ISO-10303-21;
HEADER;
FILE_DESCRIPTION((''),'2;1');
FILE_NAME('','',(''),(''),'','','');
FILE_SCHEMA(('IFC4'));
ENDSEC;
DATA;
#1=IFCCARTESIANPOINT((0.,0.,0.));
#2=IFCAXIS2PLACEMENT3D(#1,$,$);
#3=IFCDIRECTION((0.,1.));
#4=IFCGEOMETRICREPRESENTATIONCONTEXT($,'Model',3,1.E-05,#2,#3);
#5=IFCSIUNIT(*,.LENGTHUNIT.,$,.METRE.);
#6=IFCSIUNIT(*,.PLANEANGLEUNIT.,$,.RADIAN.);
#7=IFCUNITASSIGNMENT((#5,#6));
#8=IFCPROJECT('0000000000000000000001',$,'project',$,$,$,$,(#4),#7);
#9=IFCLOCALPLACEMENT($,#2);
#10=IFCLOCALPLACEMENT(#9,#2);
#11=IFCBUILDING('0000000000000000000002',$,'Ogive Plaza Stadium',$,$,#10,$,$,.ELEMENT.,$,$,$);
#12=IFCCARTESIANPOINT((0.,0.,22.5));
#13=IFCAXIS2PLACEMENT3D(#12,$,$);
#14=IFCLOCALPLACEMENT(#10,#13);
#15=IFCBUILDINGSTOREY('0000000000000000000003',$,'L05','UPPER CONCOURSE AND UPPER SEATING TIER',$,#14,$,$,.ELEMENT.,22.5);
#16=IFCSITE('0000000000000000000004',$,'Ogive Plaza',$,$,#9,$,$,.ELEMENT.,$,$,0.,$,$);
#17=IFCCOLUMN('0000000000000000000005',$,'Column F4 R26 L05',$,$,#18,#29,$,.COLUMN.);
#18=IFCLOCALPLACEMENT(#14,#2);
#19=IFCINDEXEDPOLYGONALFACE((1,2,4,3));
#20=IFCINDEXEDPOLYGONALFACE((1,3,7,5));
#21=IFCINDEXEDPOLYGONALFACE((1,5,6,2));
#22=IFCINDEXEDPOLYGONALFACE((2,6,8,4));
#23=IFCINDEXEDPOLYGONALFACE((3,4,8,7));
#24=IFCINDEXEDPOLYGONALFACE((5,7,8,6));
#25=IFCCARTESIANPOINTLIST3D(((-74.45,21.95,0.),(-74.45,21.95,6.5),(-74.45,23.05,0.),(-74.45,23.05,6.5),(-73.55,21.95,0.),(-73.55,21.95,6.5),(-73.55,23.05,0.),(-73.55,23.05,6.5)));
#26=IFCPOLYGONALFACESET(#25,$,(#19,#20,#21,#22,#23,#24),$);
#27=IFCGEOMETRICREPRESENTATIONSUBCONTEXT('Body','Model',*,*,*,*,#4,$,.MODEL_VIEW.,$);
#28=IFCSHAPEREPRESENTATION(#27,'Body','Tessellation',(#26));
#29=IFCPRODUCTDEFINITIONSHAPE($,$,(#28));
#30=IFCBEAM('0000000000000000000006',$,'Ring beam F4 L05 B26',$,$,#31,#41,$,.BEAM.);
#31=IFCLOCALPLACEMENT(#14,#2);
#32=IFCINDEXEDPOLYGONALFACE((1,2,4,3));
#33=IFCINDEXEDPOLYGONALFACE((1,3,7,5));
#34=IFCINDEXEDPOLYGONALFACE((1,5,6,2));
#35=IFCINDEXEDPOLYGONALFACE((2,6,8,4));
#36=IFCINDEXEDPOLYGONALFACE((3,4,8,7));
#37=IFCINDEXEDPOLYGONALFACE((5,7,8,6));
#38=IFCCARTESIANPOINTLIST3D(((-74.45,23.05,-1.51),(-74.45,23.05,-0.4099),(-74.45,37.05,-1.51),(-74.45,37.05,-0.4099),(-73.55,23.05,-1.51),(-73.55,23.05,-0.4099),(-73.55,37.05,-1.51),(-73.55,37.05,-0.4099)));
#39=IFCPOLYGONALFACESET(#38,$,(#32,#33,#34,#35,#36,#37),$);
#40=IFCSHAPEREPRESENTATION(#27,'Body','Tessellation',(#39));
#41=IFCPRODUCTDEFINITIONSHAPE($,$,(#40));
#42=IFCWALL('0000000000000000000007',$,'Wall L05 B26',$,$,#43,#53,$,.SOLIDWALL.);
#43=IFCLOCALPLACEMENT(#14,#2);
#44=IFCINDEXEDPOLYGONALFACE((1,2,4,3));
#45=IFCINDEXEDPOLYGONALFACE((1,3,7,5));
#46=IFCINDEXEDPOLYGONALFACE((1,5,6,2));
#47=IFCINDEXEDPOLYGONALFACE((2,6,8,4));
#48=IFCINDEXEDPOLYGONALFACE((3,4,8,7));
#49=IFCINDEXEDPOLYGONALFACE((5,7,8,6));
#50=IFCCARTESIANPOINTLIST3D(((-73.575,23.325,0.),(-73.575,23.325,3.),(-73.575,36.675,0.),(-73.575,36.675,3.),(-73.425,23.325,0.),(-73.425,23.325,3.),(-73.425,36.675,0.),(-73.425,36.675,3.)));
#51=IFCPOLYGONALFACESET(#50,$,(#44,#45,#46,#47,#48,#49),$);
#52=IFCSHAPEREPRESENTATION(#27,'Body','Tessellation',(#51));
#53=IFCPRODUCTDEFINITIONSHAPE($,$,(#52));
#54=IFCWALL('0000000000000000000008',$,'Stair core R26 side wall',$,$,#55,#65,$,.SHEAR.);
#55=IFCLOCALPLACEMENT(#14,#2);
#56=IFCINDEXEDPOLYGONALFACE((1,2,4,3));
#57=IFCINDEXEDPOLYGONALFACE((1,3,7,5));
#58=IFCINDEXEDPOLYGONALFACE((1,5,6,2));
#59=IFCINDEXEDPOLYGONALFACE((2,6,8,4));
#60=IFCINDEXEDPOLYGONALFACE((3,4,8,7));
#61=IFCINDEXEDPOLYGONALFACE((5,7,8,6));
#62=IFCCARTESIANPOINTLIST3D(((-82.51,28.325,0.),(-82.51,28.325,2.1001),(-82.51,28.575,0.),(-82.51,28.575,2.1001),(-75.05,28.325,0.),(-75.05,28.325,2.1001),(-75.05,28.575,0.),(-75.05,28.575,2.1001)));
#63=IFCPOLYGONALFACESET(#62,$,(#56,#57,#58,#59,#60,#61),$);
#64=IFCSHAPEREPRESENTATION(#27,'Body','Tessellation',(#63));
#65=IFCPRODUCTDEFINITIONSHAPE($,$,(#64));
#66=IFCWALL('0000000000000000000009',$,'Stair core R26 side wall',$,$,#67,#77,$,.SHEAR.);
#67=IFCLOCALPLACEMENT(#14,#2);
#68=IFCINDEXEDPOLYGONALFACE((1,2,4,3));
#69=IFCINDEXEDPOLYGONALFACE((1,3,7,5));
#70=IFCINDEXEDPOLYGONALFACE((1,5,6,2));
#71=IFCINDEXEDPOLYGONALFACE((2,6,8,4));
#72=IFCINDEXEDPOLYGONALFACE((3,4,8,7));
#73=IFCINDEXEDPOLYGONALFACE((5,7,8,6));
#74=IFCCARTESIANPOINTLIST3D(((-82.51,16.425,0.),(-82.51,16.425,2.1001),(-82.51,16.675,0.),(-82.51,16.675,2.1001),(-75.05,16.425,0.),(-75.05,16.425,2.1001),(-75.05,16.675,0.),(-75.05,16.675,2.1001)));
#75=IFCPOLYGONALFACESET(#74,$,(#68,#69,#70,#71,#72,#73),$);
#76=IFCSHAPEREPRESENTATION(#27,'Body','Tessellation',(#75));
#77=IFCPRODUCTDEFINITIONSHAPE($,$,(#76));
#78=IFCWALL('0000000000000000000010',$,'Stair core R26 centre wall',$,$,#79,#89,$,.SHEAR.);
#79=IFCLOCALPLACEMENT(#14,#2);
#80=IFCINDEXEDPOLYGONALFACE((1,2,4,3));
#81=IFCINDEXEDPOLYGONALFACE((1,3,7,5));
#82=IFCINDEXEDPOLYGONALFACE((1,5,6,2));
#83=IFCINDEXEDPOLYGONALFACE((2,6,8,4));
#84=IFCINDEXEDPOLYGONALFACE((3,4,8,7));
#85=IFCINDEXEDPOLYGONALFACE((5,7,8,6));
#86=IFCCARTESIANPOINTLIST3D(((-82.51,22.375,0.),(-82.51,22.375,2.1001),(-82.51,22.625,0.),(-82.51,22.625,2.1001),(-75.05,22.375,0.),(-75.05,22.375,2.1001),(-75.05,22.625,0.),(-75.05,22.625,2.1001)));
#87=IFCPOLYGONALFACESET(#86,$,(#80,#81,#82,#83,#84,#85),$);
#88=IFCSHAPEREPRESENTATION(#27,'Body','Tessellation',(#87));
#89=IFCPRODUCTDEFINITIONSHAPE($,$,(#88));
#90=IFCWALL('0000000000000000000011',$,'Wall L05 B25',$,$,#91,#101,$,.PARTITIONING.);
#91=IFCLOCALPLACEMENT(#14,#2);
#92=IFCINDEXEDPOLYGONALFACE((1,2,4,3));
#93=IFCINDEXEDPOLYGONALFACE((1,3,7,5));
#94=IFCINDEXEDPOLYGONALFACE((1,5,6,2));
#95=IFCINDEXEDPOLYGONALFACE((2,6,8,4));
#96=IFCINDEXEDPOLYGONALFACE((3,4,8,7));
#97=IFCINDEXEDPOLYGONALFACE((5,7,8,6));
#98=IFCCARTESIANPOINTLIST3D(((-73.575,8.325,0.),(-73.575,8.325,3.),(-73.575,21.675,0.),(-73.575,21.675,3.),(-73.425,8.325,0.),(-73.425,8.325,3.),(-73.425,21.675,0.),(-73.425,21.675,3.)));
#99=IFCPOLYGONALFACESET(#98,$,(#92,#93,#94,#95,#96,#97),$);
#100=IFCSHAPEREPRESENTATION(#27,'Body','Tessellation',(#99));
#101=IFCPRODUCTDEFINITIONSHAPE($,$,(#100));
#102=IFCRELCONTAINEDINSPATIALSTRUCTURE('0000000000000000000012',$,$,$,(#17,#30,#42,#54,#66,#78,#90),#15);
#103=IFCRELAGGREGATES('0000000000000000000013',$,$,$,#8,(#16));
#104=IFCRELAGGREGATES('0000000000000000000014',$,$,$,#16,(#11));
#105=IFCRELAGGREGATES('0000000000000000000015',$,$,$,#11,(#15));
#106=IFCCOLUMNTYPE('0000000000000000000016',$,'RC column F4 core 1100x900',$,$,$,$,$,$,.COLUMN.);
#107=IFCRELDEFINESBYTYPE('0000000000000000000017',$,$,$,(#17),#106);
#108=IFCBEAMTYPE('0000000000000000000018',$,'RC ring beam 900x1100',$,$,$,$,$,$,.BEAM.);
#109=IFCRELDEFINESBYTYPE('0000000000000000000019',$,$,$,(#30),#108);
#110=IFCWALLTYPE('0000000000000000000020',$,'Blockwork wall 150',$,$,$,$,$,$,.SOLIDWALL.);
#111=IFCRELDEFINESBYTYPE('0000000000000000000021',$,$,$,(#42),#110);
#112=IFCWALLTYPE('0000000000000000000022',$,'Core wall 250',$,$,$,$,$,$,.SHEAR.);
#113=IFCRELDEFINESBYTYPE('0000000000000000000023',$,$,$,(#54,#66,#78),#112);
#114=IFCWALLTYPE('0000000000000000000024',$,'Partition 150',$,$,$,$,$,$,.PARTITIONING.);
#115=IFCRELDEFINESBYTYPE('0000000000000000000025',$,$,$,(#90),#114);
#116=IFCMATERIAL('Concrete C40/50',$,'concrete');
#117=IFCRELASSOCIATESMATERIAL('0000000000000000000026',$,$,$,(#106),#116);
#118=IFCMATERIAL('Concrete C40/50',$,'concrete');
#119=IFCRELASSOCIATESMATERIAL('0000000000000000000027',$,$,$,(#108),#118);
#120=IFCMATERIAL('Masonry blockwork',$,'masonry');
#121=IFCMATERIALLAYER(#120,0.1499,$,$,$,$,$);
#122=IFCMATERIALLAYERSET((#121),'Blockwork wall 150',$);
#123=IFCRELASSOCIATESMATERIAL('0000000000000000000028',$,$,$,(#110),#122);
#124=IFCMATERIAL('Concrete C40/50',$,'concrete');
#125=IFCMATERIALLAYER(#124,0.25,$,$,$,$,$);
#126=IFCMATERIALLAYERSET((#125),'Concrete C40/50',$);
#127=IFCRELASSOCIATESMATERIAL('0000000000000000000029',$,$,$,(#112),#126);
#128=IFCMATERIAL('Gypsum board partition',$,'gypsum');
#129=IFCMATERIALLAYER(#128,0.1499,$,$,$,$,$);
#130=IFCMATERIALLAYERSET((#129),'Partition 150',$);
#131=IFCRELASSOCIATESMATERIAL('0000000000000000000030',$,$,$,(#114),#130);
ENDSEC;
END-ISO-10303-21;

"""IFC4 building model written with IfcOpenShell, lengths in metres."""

from ifc_helpers import new_model, si_unit, direction, frame, frame_2d, origin, origin_2d, place, context, subcontext, project, spatial, rectangle, extrude, material, layer, layer_set, material_profile, profile_set, type_object, element, save


model = new_model("IFC4")

# Units and contexts
model_context = context("Model", 3, precision=1e-05, world=origin(), true_north=direction((0.0, 1.0)))
body_context = subcontext(model_context, "Body", "Model", "MODEL_VIEW")
ifc_project = project(units=[si_unit("LENGTHUNIT", "METRE"), si_unit("PLANEANGLEUNIT", "RADIAN")], contexts=[model_context])

# Site, building, storey
site_placement = place(None, origin())
site = spatial("IfcSite", under=ifc_project, at=site_placement, Name="Ogive Plaza", CompositionType="ELEMENT", RefElevation=0.0)
building_placement = place(site_placement, origin())
building = spatial("IfcBuilding", under=site, at=building_placement, Name="Ogive Plaza Stadium", CompositionType="ELEMENT")
storey_placement = place(building_placement, frame((0.0, 0.0, 22.5)))
storey = spatial("IfcBuildingStorey", under=building, at=storey_placement, Name="L05", Description="UPPER CONCOURSE AND UPPER SEATING TIER", CompositionType="ELEMENT", Elevation=22.5)

# Column
ifc_material_1 = material(Name="Concrete C40/50", Category="concrete")
ifc_material_profile_1 = material_profile(ifc_material_1, rectangle(XDim=1.1001, YDim=0.8999, at=origin_2d()), Name="RC 1100x900")
ifc_profile_set_1 = profile_set([ifc_material_profile_1], Name="Concrete C40/50")
column_type = type_object("IfcColumnType", Name="RC column F4 core 1100x900", PredefinedType="COLUMN", material=ifc_profile_set_1)
column_placement = place(storey_placement, frame((-74.0, 22.5, 0.0), z_axis=(0.0, 0.0, 1.0), x_axis=(0.0, -1.0, 0.0)))
element("IfcColumn", 1, at=column_placement, inside=storey, type_object=column_type, Name="Column F4 R26 L05", PredefinedType="COLUMN", context=body_context, shape_type="SweptSolid", body=[
    extrude(rectangle(XDim=1.1001, YDim=0.8999, at=origin_2d()), origin(), (0.0, 0.0, 1.0), 6.5),
])

# Beam
ifc_material_2 = material(Name="Concrete C40/50", Category="concrete")
ifc_material_profile_2 = material_profile(ifc_material_2, rectangle(XDim=0.8999, YDim=1.1001, at=origin_2d()), Name="RC 900x1100")
ifc_profile_set_2 = profile_set([ifc_material_profile_2], Name="Concrete C40/50")
beam_type = type_object("IfcBeamType", Name="RC ring beam 900x1100", PredefinedType="BEAM", material=ifc_profile_set_2)
beam_placement = place(storey_placement, frame((-74.0, 23.05, -0.96), z_axis=(0.0, 1.0, 0.0), x_axis=(-1.0, 0.0, 0.0)))
element("IfcBeam", 2, at=beam_placement, inside=storey, type_object=beam_type, Name="Ring beam F4 L05 B26", PredefinedType="BEAM", context=body_context, shape_type="SweptSolid", body=[
    extrude(rectangle(XDim=0.8999, YDim=1.1001, at=origin_2d()), origin(), (0.0, 0.0, 1.0), 14.0),
])

# Wall
ifc_material_3 = material(Name="Masonry blockwork", Category="masonry")
ifc_layer_1 = layer(ifc_material_3, 0.1499)
ifc_layer_set_1 = layer_set([ifc_layer_1], Name="Blockwork wall 150")
wall_type_1 = type_object("IfcWallType", Name="Blockwork wall 150", PredefinedType="SOLIDWALL", material=ifc_layer_set_1)
wall_1_placement = place(storey_placement, frame((-73.5, 23.325, 0.0), z_axis=(0.0, 0.0, 1.0), x_axis=(0.0, 1.0, 0.0)))
element("IfcWall", 3, at=wall_1_placement, inside=storey, type_object=wall_type_1, Name="Wall L05 B26", PredefinedType="SOLIDWALL", context=body_context, shape_type="SweptSolid", body=[
    extrude(rectangle(XDim=13.3501, YDim=0.1499, at=frame_2d((6.675, 0.0))), origin(), (0.0, 0.0, 1.0), 3.0),
])

# Shared definitions
ifc_material_4 = material(Name="Concrete C40/50", Category="concrete")
ifc_layer_2 = layer(ifc_material_4, 0.25)
ifc_layer_set_2 = layer_set([ifc_layer_2], Name="Concrete C40/50")
wall_type_2 = type_object("IfcWallType", Name="Core wall 250", PredefinedType="SHEAR", material=ifc_layer_set_2)

# Walls
for number, where, z_axis, x_axis, name in (
    (4, (-75.05, 28.45, 0.0), (0.0, 0.0, 1.0), (-1.0, 0.0, 0.0), "Stair core R26 side wall"),
    (5, (-75.05, 16.55, 0.0), (0.0, 0.0, 1.0), (-1.0, 0.0, 0.0), "Stair core R26 side wall"),
    (6, (-75.05, 22.5, 0.0), (0.0, 0.0, 1.0), (-1.0, 0.0, 0.0), "Stair core R26 centre wall"),
):
    element("IfcWall", number, at=place(storey_placement, frame(where, z_axis=z_axis, x_axis=x_axis)), inside=storey, type_object=wall_type_2, Name=name, PredefinedType="SHEAR", context=body_context, shape_type="SweptSolid", body=[
        extrude(rectangle(XDim=7.46, YDim=0.25, at=frame_2d((3.73, 0.0))), origin(), (0.0, 0.0, 1.0), 2.1001),
    ])
ifc_material_5 = material(Name="Gypsum board partition", Category="gypsum")
ifc_layer_3 = layer(ifc_material_5, 0.1499)
ifc_layer_set_3 = layer_set([ifc_layer_3], Name="Partition 150")
wall_type_3 = type_object("IfcWallType", Name="Partition 150", PredefinedType="PARTITIONING", material=ifc_layer_set_3)
wall_2_placement = place(storey_placement, frame((-73.5, 21.675, 0.0), z_axis=(0.0, 0.0, 1.0), x_axis=(0.0, -1.0, 0.0)))
element("IfcWall", 7, at=wall_2_placement, inside=storey, type_object=wall_type_3, Name="Wall L05 B25", PredefinedType="PARTITIONING", context=body_context, shape_type="SweptSolid", body=[
    extrude(rectangle(XDim=13.3501, YDim=0.1499, at=frame_2d((6.675, 0.0))), origin(), (0.0, 0.0, 1.0), 3.0),
])

save(model, "model.ifc")
